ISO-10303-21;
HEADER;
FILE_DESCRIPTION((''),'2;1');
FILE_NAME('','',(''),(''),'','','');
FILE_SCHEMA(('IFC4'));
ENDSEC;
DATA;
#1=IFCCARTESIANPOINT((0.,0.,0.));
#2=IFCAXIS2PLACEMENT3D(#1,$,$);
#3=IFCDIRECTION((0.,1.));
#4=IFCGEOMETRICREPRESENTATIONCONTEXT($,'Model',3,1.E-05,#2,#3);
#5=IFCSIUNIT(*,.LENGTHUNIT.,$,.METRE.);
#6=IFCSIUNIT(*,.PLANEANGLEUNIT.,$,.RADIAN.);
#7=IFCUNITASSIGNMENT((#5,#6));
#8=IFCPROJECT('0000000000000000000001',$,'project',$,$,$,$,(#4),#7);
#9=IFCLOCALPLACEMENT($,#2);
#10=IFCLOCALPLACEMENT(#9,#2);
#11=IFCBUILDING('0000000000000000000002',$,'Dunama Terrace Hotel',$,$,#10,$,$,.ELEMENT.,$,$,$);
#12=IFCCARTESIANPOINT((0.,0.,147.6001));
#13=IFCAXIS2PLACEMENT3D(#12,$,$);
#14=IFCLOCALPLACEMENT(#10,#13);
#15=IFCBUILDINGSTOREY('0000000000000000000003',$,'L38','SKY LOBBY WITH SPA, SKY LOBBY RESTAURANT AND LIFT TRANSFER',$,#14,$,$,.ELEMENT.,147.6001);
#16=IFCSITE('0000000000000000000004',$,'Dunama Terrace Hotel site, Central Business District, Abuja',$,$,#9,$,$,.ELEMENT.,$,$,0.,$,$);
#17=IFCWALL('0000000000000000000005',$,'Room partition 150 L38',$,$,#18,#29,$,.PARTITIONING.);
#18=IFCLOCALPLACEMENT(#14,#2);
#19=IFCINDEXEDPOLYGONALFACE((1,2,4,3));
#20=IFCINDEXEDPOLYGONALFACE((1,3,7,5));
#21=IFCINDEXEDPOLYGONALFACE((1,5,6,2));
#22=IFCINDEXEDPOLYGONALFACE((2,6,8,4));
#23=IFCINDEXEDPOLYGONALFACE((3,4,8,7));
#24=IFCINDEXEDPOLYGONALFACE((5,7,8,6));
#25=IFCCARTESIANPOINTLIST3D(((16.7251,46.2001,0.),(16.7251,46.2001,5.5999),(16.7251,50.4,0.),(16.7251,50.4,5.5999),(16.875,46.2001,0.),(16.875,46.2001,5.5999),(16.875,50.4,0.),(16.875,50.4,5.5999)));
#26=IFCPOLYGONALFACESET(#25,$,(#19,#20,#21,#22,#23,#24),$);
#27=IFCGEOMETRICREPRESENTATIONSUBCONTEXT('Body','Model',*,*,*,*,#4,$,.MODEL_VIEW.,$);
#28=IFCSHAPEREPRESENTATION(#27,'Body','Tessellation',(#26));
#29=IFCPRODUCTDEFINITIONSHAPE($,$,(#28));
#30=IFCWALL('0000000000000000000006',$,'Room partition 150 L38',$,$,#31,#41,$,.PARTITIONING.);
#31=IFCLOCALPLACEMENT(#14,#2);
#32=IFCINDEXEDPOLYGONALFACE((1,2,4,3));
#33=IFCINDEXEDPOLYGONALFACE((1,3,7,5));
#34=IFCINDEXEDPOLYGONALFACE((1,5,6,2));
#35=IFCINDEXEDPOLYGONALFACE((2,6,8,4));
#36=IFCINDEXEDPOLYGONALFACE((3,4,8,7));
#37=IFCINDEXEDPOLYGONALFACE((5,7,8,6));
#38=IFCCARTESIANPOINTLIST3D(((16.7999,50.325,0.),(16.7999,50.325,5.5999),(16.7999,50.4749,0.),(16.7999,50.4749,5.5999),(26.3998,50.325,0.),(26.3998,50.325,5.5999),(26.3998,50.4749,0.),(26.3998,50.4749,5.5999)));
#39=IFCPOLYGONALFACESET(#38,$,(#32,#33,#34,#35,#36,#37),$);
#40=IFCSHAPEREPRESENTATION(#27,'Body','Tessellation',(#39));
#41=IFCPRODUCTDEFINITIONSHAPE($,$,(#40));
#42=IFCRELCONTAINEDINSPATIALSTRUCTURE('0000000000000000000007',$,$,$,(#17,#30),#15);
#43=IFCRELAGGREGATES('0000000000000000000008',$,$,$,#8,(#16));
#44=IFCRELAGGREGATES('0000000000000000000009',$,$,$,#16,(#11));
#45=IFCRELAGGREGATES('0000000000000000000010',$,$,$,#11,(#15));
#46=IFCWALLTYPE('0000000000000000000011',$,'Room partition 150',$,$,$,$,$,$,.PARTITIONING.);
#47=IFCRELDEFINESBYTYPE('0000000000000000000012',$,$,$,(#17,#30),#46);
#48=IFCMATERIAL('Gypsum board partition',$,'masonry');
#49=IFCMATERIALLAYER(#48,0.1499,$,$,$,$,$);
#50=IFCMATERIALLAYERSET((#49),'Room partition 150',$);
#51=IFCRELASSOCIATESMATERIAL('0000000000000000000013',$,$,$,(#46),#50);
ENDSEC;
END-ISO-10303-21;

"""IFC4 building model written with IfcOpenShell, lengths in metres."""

from ifc_helpers import new_model, si_unit, direction, frame, frame_2d, origin, place, context, subcontext, project, spatial, rectangle, extrude, material, layer, layer_set, type_object, element, save


model = new_model("IFC4")

# Units and contexts
model_context = context("Model", 3, precision=1e-05, world=origin(), true_north=direction((0.0, 1.0)))
body_context = subcontext(model_context, "Body", "Model", "MODEL_VIEW")
ifc_project = project(units=[si_unit("LENGTHUNIT", "METRE"), si_unit("PLANEANGLEUNIT", "RADIAN")], contexts=[model_context])

# Site, building, storey
site_placement = place(None, origin())
site = spatial("IfcSite", under=ifc_project, at=site_placement, Name="Dunama Terrace Hotel site, Central Business District, Abuja", CompositionType="ELEMENT", RefElevation=0.0)
building_placement = place(site_placement, origin())
building = spatial("IfcBuilding", under=site, at=building_placement, Name="Dunama Terrace Hotel", CompositionType="ELEMENT")
storey_placement = place(building_placement, frame((0.0, 0.0, 147.6001)))
storey = spatial("IfcBuildingStorey", under=building, at=storey_placement, Name="L38", Description="SKY LOBBY WITH SPA, SKY LOBBY RESTAURANT AND LIFT TRANSFER", CompositionType="ELEMENT", Elevation=147.6001)

# Walls
ifc_material_1 = material(Name="Gypsum board partition", Category="masonry")
ifc_layer_1 = layer(ifc_material_1, 0.1499)
ifc_layer_set_1 = layer_set([ifc_layer_1], Name="Room partition 150")
wall_type_1 = type_object("IfcWallType", Name="Room partition 150", PredefinedType="PARTITIONING", material=ifc_layer_set_1)
wall_1_placement = place(storey_placement, frame((16.8, 46.2, 0.0), z_axis=(0.0, 0.0, 1.0), x_axis=(0.0, 1.0, 0.0)))
element("IfcWall", 1, at=wall_1_placement, inside=storey, type_object=wall_type_1, Name="Room partition 150 L38", PredefinedType="PARTITIONING", context=body_context, shape_type="SweptSolid", body=[
    extrude(rectangle(XDim=4.2, YDim=0.1499, at=frame_2d((2.1001, 0.0))), origin(), (0.0, 0.0, 1.0), 5.5999),
])
wall_2_placement = place(storey_placement, frame((16.8, 50.3999, 0.0), z_axis=(0.0, 0.0, 1.0), x_axis=(1.0, 0.0, 0.0)))
element("IfcWall", 2, at=wall_2_placement, inside=storey, type_object=wall_type_1, Name="Room partition 150 L38", PredefinedType="PARTITIONING", context=body_context, shape_type="SweptSolid", body=[
    extrude(rectangle(XDim=9.5999, YDim=0.1499, at=frame_2d((4.7998, 0.0))), origin(), (0.0, 0.0, 1.0), 5.5999),
])

save(model, "model.ifc")
